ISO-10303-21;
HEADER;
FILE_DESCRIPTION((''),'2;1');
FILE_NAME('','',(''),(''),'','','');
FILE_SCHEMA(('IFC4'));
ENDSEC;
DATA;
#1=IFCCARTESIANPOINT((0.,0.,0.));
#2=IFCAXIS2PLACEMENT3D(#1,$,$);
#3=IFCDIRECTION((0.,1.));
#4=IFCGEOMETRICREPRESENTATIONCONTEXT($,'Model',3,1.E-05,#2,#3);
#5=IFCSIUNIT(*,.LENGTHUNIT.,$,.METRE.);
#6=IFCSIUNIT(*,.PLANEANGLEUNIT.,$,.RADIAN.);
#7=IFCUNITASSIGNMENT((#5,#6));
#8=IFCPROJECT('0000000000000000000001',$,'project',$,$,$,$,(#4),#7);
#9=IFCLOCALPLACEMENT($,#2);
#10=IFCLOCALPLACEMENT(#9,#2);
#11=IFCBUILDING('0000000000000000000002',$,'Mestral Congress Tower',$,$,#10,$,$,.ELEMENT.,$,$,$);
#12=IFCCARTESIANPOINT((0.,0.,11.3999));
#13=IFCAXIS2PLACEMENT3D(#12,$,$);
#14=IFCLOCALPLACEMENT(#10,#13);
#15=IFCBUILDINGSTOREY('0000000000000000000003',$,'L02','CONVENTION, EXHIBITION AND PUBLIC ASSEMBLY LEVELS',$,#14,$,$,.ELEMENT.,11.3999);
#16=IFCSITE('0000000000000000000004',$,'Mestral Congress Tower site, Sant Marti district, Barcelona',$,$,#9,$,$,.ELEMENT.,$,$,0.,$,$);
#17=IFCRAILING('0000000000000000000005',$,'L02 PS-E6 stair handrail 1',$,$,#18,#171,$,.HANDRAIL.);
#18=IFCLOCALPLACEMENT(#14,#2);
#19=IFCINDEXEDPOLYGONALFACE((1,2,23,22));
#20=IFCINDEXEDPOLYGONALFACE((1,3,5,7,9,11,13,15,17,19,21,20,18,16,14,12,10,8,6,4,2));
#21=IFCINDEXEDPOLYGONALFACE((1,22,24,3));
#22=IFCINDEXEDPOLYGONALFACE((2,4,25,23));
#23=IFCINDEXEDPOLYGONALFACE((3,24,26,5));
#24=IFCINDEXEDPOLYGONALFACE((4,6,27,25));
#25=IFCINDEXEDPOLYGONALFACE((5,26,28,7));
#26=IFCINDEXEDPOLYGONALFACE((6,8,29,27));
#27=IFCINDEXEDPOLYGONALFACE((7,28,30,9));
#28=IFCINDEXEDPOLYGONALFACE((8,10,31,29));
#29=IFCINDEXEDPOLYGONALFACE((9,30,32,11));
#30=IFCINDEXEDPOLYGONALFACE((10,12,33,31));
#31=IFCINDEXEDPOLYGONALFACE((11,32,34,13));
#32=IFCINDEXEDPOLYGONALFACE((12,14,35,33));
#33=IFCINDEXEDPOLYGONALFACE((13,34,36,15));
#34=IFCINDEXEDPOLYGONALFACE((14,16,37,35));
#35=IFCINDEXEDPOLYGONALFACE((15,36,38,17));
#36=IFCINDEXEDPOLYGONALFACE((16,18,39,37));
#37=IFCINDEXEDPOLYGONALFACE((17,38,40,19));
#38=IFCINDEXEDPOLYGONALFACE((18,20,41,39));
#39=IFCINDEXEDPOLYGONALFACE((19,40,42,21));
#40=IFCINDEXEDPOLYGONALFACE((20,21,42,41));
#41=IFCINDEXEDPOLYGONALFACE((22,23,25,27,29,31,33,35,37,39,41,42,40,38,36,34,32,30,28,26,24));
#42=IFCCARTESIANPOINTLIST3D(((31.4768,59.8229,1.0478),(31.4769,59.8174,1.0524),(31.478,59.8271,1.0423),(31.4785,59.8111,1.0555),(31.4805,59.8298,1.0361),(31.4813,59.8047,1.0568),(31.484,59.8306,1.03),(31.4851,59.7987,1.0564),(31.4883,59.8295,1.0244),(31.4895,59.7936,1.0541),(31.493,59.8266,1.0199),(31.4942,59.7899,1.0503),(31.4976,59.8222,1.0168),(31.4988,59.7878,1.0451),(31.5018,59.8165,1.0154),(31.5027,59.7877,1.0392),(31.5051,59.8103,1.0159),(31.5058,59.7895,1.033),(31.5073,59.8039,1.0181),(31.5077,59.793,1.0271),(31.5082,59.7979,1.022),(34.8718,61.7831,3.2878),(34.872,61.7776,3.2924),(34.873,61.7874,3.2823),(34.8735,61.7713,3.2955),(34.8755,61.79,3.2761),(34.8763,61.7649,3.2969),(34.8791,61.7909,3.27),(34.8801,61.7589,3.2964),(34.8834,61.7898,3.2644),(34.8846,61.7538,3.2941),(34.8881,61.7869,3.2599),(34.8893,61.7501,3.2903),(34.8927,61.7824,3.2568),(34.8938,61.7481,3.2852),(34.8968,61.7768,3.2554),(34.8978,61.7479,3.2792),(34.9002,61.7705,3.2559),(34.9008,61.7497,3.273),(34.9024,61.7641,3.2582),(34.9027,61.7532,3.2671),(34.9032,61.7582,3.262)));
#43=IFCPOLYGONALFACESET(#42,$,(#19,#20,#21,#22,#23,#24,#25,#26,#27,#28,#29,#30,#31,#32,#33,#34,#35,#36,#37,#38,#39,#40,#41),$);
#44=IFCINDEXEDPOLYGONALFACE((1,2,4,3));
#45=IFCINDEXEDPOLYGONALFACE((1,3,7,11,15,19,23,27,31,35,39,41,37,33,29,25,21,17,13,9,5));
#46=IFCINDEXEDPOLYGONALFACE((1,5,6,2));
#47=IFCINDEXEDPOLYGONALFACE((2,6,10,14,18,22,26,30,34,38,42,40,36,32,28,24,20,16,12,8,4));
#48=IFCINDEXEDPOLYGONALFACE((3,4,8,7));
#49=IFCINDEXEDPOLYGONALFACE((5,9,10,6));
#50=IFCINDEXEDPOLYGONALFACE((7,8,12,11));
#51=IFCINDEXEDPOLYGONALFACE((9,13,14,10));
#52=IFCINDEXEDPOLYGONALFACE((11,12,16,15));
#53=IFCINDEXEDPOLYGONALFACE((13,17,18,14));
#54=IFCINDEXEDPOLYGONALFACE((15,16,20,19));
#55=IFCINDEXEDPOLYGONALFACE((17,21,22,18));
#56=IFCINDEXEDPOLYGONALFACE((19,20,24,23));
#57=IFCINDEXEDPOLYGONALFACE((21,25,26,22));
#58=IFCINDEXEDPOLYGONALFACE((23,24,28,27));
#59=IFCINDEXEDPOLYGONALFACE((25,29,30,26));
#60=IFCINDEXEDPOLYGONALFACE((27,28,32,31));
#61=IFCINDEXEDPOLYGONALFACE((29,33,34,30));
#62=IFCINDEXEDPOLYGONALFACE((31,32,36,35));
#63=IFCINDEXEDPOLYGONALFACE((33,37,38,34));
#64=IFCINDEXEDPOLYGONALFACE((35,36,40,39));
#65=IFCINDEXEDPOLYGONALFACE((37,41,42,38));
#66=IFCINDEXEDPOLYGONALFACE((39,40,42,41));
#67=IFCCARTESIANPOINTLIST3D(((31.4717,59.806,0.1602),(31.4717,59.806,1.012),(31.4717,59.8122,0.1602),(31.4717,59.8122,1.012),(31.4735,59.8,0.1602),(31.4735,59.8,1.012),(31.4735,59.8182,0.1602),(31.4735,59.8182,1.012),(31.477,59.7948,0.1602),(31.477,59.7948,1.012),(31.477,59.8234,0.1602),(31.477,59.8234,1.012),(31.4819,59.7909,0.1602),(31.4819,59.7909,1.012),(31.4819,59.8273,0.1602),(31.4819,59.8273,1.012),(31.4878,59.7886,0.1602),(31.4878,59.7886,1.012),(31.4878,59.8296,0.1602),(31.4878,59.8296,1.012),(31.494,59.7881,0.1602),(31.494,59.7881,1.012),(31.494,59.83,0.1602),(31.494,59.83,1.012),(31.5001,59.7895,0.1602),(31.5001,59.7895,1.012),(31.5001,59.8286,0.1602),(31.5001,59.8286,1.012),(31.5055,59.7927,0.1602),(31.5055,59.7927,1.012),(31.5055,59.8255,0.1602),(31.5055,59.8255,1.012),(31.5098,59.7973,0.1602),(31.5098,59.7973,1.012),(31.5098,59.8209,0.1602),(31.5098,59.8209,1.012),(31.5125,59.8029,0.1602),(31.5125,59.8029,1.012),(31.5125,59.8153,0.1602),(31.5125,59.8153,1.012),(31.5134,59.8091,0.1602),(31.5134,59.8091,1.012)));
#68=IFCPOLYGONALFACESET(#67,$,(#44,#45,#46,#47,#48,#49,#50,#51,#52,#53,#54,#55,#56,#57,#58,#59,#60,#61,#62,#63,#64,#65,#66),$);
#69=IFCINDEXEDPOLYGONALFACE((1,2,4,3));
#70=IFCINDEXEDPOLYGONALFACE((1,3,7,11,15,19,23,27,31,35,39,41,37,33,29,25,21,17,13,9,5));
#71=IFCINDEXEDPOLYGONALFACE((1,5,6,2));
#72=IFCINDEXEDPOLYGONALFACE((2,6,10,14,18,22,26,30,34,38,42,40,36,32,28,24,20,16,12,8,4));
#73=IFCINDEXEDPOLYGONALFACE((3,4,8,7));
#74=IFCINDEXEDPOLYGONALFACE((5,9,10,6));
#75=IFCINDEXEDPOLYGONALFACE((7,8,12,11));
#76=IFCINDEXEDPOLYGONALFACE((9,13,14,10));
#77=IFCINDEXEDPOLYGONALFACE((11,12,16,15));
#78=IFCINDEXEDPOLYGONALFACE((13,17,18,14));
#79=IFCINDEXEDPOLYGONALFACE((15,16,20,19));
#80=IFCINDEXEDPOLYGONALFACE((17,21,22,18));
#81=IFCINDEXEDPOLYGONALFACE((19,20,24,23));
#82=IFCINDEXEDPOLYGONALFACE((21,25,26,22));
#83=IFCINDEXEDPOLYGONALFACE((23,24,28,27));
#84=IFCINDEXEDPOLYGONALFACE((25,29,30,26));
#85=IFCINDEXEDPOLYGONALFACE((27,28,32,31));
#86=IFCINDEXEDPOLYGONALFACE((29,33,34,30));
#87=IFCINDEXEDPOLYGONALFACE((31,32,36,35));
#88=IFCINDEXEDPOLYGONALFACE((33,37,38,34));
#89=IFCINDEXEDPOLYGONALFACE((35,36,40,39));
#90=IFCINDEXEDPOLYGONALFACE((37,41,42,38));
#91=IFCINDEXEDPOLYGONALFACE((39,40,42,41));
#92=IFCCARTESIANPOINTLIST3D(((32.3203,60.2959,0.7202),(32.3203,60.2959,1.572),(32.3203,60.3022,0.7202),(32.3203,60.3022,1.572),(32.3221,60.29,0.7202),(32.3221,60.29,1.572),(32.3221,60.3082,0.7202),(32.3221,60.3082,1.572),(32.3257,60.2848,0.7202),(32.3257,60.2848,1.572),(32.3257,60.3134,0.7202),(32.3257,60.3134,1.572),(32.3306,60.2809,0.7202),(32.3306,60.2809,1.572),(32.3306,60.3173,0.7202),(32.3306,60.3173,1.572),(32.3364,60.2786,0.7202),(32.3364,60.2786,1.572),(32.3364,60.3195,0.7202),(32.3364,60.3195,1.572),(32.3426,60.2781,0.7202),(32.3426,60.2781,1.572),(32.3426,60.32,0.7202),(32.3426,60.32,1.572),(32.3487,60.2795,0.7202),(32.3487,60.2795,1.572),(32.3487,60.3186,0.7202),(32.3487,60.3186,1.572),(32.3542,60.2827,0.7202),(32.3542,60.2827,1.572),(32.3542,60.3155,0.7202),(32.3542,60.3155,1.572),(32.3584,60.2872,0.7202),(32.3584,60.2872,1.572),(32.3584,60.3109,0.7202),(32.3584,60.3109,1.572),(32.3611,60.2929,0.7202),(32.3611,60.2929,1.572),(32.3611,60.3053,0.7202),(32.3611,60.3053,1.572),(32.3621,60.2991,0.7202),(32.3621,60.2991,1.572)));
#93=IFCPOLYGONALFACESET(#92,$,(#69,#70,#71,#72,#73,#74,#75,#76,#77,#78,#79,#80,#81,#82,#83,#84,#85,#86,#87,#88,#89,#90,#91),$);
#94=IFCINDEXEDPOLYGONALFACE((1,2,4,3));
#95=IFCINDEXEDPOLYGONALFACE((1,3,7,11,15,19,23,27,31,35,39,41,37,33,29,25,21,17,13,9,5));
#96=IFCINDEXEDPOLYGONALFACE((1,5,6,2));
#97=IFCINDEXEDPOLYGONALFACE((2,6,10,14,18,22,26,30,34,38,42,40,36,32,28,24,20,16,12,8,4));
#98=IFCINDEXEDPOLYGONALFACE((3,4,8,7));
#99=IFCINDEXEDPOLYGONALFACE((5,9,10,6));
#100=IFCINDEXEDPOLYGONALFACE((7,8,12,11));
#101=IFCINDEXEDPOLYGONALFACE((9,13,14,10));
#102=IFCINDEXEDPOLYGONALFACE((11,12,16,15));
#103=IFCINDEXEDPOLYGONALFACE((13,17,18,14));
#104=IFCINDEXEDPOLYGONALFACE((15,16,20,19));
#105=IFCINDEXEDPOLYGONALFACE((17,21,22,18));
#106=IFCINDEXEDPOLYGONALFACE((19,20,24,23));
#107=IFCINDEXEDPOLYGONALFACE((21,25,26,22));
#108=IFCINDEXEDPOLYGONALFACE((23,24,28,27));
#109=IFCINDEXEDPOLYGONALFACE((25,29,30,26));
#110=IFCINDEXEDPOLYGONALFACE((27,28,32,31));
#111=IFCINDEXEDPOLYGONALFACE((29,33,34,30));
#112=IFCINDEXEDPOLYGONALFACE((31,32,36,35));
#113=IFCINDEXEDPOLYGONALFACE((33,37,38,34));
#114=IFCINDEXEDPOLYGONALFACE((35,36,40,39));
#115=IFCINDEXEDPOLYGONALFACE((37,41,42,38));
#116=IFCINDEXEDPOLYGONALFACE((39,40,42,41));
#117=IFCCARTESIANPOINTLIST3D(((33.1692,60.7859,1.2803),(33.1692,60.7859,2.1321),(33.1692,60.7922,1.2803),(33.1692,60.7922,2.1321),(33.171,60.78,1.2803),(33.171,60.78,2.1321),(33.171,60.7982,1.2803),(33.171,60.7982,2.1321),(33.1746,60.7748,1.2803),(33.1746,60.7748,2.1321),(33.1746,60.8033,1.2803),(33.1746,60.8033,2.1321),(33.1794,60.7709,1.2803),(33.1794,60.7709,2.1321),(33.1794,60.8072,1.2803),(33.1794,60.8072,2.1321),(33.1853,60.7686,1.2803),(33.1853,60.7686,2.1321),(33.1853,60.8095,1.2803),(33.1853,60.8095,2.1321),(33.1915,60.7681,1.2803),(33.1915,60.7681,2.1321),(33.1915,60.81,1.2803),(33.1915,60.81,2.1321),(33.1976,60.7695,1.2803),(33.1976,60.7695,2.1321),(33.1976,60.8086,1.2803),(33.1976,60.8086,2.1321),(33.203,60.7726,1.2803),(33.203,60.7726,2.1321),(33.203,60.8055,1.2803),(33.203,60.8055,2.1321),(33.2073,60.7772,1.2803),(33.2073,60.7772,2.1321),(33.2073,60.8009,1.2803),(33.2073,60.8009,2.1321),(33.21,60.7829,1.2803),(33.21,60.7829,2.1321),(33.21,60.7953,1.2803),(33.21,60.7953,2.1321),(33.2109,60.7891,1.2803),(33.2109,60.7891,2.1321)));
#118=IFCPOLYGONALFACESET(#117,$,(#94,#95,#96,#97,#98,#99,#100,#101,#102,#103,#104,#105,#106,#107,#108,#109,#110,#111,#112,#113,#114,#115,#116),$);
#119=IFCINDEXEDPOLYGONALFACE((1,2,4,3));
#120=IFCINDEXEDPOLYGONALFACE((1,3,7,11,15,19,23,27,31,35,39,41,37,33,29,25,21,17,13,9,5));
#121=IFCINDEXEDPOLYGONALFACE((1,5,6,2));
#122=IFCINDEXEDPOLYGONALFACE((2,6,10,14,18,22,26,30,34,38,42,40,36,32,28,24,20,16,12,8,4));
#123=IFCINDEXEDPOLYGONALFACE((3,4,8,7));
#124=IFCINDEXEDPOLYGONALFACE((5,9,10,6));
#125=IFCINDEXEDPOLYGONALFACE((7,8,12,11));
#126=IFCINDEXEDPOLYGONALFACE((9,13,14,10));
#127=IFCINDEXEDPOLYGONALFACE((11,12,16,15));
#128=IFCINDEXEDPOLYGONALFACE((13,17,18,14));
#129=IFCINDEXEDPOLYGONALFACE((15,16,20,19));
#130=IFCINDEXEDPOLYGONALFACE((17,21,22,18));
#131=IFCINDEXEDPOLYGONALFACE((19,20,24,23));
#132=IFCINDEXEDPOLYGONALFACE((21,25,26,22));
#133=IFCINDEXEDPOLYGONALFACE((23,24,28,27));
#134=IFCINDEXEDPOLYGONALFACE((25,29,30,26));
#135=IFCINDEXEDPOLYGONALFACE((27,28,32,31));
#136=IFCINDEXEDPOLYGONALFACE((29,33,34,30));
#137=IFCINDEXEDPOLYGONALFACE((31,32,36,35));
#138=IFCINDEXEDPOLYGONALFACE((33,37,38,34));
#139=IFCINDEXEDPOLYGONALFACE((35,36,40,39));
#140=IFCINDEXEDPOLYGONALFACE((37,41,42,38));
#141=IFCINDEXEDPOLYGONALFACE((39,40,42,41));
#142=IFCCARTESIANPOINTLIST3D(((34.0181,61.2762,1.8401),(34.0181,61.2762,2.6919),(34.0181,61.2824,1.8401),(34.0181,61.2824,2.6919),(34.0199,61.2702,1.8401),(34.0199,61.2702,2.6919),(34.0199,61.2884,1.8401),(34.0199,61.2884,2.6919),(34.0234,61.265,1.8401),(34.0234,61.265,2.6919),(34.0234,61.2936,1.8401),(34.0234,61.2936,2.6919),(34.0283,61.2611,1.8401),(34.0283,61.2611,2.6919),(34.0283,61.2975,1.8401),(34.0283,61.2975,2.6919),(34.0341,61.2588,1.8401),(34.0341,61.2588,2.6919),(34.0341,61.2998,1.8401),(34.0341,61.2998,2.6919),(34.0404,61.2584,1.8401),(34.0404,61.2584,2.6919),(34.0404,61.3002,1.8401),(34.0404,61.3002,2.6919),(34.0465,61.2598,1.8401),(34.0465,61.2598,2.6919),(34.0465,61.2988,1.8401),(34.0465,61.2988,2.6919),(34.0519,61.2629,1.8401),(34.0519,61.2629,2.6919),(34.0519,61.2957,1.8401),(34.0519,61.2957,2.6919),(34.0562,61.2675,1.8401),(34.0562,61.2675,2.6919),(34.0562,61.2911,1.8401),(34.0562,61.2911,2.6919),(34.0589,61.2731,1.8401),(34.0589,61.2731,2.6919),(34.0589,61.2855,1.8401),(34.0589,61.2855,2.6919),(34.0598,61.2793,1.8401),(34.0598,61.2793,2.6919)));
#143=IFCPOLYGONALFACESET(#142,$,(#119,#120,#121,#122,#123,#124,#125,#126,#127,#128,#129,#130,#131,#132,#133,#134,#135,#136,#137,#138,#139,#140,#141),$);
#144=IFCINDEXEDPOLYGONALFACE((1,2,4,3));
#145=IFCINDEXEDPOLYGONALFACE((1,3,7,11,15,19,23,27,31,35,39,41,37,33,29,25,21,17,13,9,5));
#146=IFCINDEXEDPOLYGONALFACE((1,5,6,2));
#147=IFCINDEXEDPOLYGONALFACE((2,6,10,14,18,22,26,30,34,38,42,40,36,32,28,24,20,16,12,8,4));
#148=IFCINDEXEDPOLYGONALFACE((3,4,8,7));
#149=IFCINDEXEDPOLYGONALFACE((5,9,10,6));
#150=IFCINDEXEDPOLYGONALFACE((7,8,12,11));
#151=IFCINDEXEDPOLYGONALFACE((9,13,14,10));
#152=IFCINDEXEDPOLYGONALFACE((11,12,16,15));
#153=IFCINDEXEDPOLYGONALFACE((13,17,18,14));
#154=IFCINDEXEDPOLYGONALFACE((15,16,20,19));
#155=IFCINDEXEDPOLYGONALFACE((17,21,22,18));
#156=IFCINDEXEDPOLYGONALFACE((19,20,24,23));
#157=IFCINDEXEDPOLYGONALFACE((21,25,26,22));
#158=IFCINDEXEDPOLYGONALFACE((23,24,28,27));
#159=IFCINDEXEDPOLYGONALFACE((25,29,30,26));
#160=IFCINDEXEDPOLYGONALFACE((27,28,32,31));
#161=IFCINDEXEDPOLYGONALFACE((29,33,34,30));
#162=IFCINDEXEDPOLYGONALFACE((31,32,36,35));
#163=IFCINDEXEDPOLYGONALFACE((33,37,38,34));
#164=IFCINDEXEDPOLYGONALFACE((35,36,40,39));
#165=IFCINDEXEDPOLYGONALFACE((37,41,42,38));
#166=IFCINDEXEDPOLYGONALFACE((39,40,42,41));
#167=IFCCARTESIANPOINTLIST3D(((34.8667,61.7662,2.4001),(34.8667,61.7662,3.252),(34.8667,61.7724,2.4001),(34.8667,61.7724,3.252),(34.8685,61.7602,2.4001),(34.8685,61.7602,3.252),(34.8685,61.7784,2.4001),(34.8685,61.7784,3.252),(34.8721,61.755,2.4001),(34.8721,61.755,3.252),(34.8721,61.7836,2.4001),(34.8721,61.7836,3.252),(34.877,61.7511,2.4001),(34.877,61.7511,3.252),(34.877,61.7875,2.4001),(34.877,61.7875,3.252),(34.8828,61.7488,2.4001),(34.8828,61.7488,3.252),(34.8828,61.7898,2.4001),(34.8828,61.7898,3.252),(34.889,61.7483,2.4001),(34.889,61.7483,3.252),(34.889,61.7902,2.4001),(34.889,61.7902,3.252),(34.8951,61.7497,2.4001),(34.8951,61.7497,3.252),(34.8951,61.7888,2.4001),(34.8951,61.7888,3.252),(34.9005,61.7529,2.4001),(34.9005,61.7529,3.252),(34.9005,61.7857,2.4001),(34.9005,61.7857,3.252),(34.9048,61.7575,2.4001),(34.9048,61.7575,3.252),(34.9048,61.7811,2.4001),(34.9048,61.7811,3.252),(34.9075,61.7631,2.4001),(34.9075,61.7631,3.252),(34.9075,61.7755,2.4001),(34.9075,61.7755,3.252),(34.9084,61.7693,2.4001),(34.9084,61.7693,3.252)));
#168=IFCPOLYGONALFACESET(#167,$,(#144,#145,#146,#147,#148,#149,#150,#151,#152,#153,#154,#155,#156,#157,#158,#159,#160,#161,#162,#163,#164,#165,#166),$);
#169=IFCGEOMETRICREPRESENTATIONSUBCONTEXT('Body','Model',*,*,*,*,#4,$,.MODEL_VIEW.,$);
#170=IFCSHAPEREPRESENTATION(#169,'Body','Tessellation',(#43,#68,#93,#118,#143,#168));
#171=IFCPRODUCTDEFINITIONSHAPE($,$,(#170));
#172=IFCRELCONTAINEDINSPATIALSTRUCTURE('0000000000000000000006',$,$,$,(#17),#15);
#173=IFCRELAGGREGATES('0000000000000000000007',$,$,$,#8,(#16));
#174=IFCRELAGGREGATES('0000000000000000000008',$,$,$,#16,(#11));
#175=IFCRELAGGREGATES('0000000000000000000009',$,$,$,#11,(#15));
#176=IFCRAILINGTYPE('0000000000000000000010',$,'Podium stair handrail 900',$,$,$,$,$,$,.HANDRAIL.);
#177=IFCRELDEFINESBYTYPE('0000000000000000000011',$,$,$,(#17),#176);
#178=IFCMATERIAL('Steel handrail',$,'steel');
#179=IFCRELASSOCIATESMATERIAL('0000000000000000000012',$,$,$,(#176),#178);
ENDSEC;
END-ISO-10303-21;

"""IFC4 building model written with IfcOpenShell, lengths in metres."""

from ifc_helpers import new_model, si_unit, direction, frame, origin, origin_2d, place, context, subcontext, project, spatial, circle, extrude, material, type_object, element, save


model = new_model("IFC4")

# Units and contexts
model_context = context("Model", 3, precision=1e-05, world=origin(), true_north=direction((0.0, 1.0)))
body_context = subcontext(model_context, "Body", "Model", "MODEL_VIEW")
ifc_project = project(units=[si_unit("LENGTHUNIT", "METRE"), si_unit("PLANEANGLEUNIT", "RADIAN")], contexts=[model_context])

# Site, building, storey
site_placement = place(None, origin())
site = spatial("IfcSite", under=ifc_project, at=site_placement, Name="Mestral Congress Tower site, Sant Marti district, Barcelona", CompositionType="ELEMENT", RefElevation=0.0)
building_placement = place(site_placement, origin())
building = spatial("IfcBuilding", under=site, at=building_placement, Name="Mestral Congress Tower", CompositionType="ELEMENT")
storey_placement = place(building_placement, frame((0.0, 0.0, 11.3999)))
storey = spatial("IfcBuildingStorey", under=building, at=storey_placement, Name="L02", Description="CONVENTION, EXHIBITION AND PUBLIC ASSEMBLY LEVELS", CompositionType="ELEMENT", Elevation=11.3999)

# Railing
ifc_material_1 = material(Name="Steel handrail", Category="steel")
railing_type_1 = type_object("IfcRailingType", Name="Podium stair handrail 900", PredefinedType="HANDRAIL", material=ifc_material_1)
railing_1_placement = place(storey_placement, frame((31.4924, 59.8091, 0.1602)))
element("IfcRailing", 1, at=railing_1_placement, inside=storey, type_object=railing_type_1, Name="L02 PS-E6 stair handrail 1", PredefinedType="HANDRAIL", context=body_context, shape_type="SweptSolid", body=[
    extrude(circle(Radius=0.0239, at=origin_2d()), frame((0.0, 0.0, 0.876), z_axis=(0.751926, 0.434144, 0.496111), x_axis=(-0.500017, 0.866016, 0.0)), (0.0, 0.0, 1.0), 4.5151),
    extrude(circle(Radius=0.021, at=origin_2d()), origin(), (0.0, 0.0, 1.0), 0.8518),
    extrude(circle(Radius=0.021, at=origin_2d()), frame((0.8486, 0.49, 0.5601)), (0.0, 0.0, 1.0), 0.8518),
    extrude(circle(Radius=0.021, at=origin_2d()), frame((1.6975, 0.98, 1.1201)), (0.0, 0.0, 1.0), 0.8518),
    extrude(circle(Radius=0.021, at=origin_2d()), frame((2.5464, 1.4702, 1.6799)), (0.0, 0.0, 1.0), 0.8518),
    extrude(circle(Radius=0.021, at=origin_2d()), frame((3.395, 1.9602, 2.24)), (0.0, 0.0, 1.0), 0.8518),
])

save(model, "model.ifc")
